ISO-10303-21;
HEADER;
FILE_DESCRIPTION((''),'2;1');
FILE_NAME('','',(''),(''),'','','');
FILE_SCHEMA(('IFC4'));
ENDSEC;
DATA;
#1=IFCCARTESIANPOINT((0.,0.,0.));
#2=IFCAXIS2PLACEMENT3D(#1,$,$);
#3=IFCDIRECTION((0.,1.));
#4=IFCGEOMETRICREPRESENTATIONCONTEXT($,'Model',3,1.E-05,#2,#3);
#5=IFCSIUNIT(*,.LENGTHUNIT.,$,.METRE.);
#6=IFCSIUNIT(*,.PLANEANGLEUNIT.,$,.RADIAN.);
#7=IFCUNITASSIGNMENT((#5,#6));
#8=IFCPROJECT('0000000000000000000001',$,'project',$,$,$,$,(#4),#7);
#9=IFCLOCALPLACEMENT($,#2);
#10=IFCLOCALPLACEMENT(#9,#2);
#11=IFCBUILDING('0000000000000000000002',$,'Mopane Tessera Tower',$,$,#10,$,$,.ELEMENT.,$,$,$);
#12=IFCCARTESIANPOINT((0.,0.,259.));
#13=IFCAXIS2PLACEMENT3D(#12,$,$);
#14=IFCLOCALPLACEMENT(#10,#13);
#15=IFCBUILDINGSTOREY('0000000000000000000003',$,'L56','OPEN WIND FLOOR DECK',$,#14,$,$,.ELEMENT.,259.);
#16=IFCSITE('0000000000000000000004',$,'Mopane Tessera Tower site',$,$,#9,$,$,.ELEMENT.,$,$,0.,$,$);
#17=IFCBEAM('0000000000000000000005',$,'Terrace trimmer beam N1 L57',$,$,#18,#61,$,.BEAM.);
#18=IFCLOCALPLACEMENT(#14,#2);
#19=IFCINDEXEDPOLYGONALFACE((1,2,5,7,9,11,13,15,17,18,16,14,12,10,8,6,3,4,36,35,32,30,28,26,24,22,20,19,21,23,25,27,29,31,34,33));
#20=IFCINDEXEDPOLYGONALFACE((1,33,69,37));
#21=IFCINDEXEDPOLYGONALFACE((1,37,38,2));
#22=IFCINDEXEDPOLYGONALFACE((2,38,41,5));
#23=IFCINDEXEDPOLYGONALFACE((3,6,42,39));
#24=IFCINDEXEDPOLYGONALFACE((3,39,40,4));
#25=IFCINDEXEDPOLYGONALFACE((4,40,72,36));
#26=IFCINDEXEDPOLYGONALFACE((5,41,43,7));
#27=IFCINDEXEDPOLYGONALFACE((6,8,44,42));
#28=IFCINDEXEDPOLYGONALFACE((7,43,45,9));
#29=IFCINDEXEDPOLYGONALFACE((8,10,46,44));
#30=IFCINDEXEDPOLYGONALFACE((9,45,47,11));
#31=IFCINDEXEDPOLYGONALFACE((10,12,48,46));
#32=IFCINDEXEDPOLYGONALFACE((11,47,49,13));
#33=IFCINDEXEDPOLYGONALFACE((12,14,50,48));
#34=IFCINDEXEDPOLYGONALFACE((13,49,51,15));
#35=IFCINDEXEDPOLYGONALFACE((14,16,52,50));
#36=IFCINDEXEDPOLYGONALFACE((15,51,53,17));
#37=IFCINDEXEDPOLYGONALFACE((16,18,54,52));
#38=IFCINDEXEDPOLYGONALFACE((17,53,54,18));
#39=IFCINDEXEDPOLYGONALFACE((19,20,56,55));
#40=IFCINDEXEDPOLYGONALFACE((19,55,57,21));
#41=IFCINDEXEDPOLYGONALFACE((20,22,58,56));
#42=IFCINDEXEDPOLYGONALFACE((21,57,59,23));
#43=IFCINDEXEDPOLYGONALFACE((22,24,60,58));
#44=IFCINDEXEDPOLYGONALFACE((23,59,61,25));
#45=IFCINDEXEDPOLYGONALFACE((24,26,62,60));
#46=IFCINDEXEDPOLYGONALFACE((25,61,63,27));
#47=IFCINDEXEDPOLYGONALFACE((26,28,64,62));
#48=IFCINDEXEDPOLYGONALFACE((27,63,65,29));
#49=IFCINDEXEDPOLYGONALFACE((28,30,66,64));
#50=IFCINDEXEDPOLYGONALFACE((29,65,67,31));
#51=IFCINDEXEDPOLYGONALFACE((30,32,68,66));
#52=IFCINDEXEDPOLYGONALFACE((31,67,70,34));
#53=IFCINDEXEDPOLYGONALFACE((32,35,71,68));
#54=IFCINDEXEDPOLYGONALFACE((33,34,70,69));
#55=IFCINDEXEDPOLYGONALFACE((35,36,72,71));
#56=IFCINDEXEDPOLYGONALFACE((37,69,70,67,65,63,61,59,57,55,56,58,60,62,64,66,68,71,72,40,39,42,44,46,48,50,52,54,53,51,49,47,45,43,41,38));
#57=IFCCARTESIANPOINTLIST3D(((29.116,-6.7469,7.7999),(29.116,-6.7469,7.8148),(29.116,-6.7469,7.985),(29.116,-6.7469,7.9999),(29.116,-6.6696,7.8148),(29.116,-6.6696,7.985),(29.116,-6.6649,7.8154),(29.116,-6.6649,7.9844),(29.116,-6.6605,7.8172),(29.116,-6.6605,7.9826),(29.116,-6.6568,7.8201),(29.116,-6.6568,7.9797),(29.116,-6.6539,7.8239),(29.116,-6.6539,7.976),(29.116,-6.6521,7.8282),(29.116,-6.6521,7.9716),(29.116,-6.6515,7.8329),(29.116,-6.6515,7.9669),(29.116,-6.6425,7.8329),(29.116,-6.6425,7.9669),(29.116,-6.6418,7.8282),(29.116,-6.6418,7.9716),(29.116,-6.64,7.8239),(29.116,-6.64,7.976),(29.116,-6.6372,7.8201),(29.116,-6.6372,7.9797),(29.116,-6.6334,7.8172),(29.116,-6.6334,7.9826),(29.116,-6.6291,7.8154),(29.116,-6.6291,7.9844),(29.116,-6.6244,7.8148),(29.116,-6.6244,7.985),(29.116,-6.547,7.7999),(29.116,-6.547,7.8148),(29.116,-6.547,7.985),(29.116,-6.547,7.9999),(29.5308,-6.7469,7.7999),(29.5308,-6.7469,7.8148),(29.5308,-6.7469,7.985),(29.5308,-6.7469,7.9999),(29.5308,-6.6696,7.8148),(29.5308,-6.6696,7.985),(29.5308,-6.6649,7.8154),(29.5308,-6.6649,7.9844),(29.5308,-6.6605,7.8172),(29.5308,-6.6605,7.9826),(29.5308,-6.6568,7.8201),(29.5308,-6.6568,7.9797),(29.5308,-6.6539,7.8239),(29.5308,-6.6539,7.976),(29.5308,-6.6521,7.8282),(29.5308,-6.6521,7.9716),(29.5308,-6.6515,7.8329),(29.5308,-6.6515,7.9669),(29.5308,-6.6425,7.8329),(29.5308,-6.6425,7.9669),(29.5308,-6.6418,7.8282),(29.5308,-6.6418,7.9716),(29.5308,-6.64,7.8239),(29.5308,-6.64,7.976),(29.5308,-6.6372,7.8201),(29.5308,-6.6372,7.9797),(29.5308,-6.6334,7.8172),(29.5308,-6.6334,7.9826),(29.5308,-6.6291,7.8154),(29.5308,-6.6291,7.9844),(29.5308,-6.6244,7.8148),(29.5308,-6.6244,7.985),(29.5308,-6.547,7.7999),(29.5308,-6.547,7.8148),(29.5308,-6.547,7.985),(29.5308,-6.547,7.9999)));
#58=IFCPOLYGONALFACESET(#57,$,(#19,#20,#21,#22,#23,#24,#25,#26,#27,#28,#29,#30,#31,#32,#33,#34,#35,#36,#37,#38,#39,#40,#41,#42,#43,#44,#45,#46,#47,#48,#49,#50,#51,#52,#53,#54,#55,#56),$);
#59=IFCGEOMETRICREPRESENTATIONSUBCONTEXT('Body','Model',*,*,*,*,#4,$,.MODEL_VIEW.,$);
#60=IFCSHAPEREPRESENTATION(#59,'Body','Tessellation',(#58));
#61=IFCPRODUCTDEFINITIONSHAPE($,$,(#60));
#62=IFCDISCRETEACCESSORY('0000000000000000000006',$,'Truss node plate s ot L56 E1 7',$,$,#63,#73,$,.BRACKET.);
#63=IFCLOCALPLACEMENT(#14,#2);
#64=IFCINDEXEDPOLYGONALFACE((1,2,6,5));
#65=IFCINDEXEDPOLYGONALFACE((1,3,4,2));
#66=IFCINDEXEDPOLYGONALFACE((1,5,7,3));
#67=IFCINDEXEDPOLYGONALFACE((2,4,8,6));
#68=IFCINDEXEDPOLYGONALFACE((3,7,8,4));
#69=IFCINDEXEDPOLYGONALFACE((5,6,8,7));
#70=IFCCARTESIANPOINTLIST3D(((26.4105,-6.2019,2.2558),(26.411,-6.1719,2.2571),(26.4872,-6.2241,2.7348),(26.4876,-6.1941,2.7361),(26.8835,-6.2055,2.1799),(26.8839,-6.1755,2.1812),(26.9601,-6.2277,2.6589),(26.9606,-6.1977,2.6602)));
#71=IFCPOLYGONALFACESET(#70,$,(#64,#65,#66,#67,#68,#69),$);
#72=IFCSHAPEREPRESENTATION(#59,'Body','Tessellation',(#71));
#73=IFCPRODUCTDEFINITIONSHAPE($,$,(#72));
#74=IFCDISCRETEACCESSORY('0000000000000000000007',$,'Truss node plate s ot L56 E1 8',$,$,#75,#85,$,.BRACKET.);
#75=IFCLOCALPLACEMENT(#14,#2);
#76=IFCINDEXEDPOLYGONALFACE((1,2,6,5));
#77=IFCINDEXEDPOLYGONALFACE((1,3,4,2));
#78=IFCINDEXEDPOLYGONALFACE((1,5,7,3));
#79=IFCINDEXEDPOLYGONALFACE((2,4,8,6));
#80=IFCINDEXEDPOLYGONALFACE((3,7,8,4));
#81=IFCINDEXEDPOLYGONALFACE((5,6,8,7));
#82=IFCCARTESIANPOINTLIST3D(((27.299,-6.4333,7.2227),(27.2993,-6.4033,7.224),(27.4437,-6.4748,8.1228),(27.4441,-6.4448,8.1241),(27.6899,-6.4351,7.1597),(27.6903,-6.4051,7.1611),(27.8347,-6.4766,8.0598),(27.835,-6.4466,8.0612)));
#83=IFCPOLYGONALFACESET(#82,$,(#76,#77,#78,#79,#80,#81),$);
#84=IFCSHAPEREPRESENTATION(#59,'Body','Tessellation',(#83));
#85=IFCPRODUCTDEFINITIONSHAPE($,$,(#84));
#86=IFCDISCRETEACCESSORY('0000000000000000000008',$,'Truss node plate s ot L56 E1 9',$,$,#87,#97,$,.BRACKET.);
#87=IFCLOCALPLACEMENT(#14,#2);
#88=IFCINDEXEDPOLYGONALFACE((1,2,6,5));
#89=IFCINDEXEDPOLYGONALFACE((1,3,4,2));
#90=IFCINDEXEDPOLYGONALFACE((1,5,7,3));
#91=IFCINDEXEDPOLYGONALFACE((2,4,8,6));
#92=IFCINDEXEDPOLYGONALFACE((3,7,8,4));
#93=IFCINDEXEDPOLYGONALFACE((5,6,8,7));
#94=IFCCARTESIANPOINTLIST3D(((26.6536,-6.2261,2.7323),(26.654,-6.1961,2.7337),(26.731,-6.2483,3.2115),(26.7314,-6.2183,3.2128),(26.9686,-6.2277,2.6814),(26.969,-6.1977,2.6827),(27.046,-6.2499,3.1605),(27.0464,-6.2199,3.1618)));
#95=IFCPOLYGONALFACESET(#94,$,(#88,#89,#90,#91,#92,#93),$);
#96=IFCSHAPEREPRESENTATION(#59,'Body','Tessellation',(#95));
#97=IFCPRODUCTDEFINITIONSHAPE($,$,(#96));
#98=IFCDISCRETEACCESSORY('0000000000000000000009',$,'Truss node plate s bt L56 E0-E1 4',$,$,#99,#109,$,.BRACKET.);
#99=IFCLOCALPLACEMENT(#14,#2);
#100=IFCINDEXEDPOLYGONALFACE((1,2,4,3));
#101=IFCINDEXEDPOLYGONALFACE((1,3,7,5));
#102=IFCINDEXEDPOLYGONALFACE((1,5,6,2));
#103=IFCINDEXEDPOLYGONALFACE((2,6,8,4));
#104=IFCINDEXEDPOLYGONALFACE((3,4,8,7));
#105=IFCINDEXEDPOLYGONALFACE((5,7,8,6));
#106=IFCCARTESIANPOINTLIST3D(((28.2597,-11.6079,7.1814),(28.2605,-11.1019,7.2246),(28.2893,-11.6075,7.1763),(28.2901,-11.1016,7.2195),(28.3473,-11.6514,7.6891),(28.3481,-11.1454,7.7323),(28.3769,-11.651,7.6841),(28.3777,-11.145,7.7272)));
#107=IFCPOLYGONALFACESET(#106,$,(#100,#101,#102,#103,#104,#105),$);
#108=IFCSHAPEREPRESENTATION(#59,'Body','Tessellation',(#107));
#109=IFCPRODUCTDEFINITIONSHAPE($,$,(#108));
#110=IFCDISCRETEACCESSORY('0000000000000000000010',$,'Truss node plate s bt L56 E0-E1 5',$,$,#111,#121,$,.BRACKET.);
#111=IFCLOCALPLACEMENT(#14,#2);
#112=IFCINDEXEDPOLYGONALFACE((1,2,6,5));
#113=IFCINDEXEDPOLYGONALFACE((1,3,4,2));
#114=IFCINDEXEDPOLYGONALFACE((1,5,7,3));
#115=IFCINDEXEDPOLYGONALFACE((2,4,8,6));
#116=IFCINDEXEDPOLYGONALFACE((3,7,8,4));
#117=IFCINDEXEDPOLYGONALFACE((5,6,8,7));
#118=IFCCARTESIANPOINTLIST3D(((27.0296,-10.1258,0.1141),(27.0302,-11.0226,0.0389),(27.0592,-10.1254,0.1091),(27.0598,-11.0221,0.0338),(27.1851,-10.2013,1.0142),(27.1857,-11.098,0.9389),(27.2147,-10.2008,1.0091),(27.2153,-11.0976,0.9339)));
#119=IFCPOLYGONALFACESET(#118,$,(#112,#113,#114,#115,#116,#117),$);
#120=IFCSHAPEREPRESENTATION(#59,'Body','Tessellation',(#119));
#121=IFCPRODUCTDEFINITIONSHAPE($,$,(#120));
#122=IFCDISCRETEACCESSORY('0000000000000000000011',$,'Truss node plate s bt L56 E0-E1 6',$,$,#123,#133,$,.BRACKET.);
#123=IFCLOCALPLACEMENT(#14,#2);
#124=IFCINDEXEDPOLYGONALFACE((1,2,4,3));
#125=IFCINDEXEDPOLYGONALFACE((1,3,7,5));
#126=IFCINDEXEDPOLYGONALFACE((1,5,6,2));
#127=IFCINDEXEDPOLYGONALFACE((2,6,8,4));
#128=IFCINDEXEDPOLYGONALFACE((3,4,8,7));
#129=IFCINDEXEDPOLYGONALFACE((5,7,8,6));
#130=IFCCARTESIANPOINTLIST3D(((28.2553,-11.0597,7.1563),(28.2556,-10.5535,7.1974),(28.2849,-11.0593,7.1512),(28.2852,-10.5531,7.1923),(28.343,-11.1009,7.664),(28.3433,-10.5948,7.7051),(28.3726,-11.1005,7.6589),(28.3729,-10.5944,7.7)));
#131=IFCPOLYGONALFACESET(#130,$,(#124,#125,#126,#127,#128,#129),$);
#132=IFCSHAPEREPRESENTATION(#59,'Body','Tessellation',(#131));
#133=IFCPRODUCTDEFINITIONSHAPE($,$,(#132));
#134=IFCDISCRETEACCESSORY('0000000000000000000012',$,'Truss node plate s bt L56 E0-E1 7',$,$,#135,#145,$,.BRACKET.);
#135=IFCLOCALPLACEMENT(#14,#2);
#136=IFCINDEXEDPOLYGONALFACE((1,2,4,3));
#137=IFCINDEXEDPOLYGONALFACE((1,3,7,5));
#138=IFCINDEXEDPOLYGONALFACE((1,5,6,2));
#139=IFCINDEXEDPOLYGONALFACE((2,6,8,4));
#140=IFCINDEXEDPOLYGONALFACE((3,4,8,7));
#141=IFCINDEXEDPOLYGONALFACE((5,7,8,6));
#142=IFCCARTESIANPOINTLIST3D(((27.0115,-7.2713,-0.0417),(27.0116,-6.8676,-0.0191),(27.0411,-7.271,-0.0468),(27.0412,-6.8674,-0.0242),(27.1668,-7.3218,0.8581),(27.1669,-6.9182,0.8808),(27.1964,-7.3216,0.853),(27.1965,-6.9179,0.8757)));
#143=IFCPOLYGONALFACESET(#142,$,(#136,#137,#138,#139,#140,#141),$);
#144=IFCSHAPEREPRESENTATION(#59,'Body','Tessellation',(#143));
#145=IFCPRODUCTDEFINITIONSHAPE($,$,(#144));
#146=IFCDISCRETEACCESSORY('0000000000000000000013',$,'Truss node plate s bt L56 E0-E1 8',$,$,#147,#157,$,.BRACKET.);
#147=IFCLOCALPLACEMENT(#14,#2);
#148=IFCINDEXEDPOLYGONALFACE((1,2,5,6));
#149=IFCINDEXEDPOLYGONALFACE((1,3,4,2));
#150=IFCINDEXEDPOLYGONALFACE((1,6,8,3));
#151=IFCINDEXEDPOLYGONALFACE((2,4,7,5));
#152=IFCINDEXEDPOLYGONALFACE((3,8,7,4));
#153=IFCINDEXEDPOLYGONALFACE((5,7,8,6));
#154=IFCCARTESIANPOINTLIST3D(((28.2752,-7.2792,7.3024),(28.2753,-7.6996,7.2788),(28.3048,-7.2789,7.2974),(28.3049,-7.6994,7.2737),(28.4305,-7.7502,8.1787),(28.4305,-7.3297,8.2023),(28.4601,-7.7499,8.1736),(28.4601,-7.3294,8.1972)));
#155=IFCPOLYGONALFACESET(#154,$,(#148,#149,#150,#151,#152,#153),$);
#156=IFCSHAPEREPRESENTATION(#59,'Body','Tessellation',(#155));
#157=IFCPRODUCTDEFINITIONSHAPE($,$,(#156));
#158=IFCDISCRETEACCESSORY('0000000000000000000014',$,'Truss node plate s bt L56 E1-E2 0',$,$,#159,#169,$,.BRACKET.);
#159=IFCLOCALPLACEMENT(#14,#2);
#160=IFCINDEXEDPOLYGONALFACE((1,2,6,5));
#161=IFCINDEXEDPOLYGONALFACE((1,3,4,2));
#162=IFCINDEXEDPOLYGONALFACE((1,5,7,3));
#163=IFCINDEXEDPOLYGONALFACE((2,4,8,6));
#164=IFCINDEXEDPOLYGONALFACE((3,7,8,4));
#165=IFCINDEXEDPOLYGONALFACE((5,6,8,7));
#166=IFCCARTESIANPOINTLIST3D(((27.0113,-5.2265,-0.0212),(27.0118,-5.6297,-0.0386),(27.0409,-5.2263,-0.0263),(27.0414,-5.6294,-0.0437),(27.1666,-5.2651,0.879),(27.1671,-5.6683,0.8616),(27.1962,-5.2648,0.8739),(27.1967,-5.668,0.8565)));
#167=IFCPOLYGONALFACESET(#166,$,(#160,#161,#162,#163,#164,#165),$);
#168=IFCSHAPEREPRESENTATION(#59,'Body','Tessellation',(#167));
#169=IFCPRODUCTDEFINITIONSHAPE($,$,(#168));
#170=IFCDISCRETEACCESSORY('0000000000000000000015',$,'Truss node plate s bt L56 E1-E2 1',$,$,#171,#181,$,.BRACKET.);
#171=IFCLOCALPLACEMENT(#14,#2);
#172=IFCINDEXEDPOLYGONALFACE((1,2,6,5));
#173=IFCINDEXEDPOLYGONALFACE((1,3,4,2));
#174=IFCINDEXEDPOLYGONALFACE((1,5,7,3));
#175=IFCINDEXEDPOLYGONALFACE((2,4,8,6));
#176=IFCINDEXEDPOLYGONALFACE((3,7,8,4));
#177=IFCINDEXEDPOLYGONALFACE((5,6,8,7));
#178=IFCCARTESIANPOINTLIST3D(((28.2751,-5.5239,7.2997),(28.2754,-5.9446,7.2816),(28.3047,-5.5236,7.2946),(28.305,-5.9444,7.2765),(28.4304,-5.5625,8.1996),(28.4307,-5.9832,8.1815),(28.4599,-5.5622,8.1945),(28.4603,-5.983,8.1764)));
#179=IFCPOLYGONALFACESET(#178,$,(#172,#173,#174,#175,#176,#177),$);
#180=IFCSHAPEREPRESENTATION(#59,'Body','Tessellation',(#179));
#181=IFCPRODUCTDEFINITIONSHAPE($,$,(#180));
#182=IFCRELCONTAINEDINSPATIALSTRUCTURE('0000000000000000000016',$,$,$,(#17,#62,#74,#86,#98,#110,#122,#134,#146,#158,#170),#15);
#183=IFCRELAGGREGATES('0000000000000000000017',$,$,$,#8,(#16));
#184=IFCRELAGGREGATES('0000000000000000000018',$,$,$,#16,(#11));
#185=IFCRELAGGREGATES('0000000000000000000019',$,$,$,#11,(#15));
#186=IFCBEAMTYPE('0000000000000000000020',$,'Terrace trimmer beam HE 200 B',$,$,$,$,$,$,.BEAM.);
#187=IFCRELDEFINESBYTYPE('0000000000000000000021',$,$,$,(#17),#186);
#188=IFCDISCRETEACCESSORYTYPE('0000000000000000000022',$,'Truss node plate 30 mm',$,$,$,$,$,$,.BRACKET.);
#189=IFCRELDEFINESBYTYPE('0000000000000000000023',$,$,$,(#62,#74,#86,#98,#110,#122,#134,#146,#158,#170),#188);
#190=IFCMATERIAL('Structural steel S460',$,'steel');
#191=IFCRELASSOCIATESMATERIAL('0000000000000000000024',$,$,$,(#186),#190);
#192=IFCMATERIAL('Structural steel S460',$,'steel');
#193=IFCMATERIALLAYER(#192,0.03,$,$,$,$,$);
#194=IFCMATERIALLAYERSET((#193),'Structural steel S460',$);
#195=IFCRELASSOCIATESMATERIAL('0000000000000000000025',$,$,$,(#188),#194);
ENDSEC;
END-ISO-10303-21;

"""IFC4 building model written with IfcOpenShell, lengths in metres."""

from ifc_helpers import new_model, si_unit, direction, frame, origin, origin_2d, place, context, subcontext, project, spatial, rectangle, i_section, extrude, material, layer, layer_set, material_profile, profile_set, type_object, element, save


model = new_model("IFC4")

# Units and contexts
model_context = context("Model", 3, precision=1e-05, world=origin(), true_north=direction((0.0, 1.0)))
body_context = subcontext(model_context, "Body", "Model", "MODEL_VIEW")
ifc_project = project(units=[si_unit("LENGTHUNIT", "METRE"), si_unit("PLANEANGLEUNIT", "RADIAN")], contexts=[model_context])

# Site, building, storey
site_placement = place(None, origin())
site = spatial("IfcSite", under=ifc_project, at=site_placement, Name="Mopane Tessera Tower site", CompositionType="ELEMENT", RefElevation=0.0)
building_placement = place(site_placement, origin())
building = spatial("IfcBuilding", under=site, at=building_placement, Name="Mopane Tessera Tower", CompositionType="ELEMENT")
storey_placement = place(building_placement, frame((0.0, 0.0, 259.0)))
storey = spatial("IfcBuildingStorey", under=building, at=storey_placement, Name="L56", Description="OPEN WIND FLOOR DECK", CompositionType="ELEMENT", Elevation=259.0)

# Beam
ifc_material_1 = material(Name="Structural steel S460", Category="steel")
ifc_material_profile_1 = material_profile(ifc_material_1, i_section(OverallWidth=0.2, OverallDepth=0.2, WebThickness=0.009, FlangeThickness=0.0149, FilletRadius=0.0181, at=origin_2d()))
ifc_profile_set_1 = profile_set([ifc_material_profile_1], Name="Structural steel S460")
beam_type = type_object("IfcBeamType", Name="Terrace trimmer beam HE 200 B", PredefinedType="BEAM", material=ifc_profile_set_1)
beam_placement = place(storey_placement, frame((29.116, -6.647, 7.8999), z_axis=(1.0, 0.0, 0.0), x_axis=(0.0, 1.0, 0.0)))
element("IfcBeam", 1, at=beam_placement, inside=storey, type_object=beam_type, Name="Terrace trimmer beam N1 L57", PredefinedType="BEAM", context=body_context, shape_type="SweptSolid", body=[
    extrude(i_section(OverallWidth=0.2, OverallDepth=0.2, WebThickness=0.009, FlangeThickness=0.0149, FilletRadius=0.0181, at=origin_2d()), origin(), (0.0, 0.0, 1.0), 0.4148),
])

# Discrete accessories
ifc_material_2 = material(Name="Structural steel S460", Category="steel")
ifc_layer = layer(ifc_material_2, 0.03)
ifc_layer_set = layer_set([ifc_layer], Name="Structural steel S460")
discrete_accessory_type = type_object("IfcDiscreteAccessoryType", Name="Truss node plate 30 mm", PredefinedType="BRACKET", material=ifc_layer_set)
discrete_accessory_1_placement = place(storey_placement, frame((26.6472, -6.1887, 2.2185), z_axis=(0.157864, -0.04575, 0.9864), x_axis=(0.014699, 0.998924, 0.043979)))
element("IfcDiscreteAccessory", 2, at=discrete_accessory_1_placement, inside=storey, type_object=discrete_accessory_type, Name="Truss node plate s ot L56 E1 7", PredefinedType="BRACKET", context=body_context, shape_type="SweptSolid", body=[
    extrude(rectangle(XDim=0.03, YDim=0.479, at=origin_2d()), origin(), (0.0, 0.0, 1.0), 0.4856),
])
discrete_accessory_2_placement = place(storey_placement, frame((27.4946, -6.4192, 7.1919), z_axis=(0.15863, -0.045476, 0.98629), x_axis=(0.011866, 0.998954, 0.044151)))
element("IfcDiscreteAccessory", 3, at=discrete_accessory_2_placement, inside=storey, type_object=discrete_accessory_type, Name="Truss node plate s ot L56 E1 8", PredefinedType="BRACKET", context=body_context, shape_type="SweptSolid", body=[
    extrude(rectangle(XDim=0.03, YDim=0.396, at=origin_2d()), origin(), (0.0, 0.0, 1.0), 0.9126),
])
discrete_accessory_3_placement = place(storey_placement, frame((26.8113, -6.2119, 2.7075), z_axis=(0.159334, -0.04574, 0.986165), x_axis=(0.012278, 0.998941, 0.044348)))
element("IfcDiscreteAccessory", 4, at=discrete_accessory_3_placement, inside=storey, type_object=discrete_accessory_type, Name="Truss node plate s ot L56 E1 9", PredefinedType="BRACKET", context=body_context, shape_type="SweptSolid", body=[
    extrude(rectangle(XDim=0.03, YDim=0.3191, at=origin_2d()), origin(), (0.0, 0.0, 1.0), 0.4858),
])
discrete_accessory_4_placement = place(storey_placement, frame((28.2749, -11.3547, 7.2004), z_axis=(0.16948, -0.084032, 0.981945), x_axis=(-0.985532, -0.012877, 0.168997)))
element("IfcDiscreteAccessory", 5, at=discrete_accessory_4_placement, inside=storey, type_object=discrete_accessory_type, Name="Truss node plate s bt L56 E0-E1 4", PredefinedType="BRACKET", context=body_context, shape_type="SweptSolid", body=[
    extrude(rectangle(XDim=0.03, YDim=0.5078, at=origin_2d()), origin(), (0.0, 0.0, 1.0), 0.5171),
])
discrete_accessory_5_placement = place(storey_placement, frame((27.0447, -10.574, 0.074), z_axis=(0.169669, -0.082304, 0.982058), x_axis=(-0.985501, -0.014849, 0.16902)))
element("IfcDiscreteAccessory", 6, at=discrete_accessory_5_placement, inside=storey, type_object=discrete_accessory_type, Name="Truss node plate s bt L56 E0-E1 5", PredefinedType="BRACKET", context=body_context, shape_type="SweptSolid", body=[
    extrude(rectangle(XDim=0.03, YDim=0.8999, at=origin_2d()), origin(), (0.0, 0.0, 1.0), 0.9165),
])
discrete_accessory_6_placement = place(storey_placement, frame((28.2703, -10.8064, 7.1743), z_axis=(0.169618, -0.079848, 0.98227), x_axis=(-0.98551, -0.013224, 0.169102)))
element("IfcDiscreteAccessory", 7, at=discrete_accessory_6_placement, inside=storey, type_object=discrete_accessory_type, Name="Truss node plate s bt L56 E0-E1 6", PredefinedType="BRACKET", context=body_context, shape_type="SweptSolid", body=[
    extrude(rectangle(XDim=0.03, YDim=0.5078, at=origin_2d()), origin(), (0.0, 0.0, 1.0), 0.5168),
])
discrete_accessory_7_placement = place(storey_placement, frame((27.0264, -7.0693, -0.033), z_axis=(0.169772, -0.055256, 0.983933), x_axis=(-0.985483, -0.00925, 0.169521)))
element("IfcDiscreteAccessory", 8, at=discrete_accessory_7_placement, inside=storey, type_object=discrete_accessory_type, Name="Truss node plate s bt L56 E0-E1 7", PredefinedType="BRACKET", context=body_context, shape_type="SweptSolid", body=[
    extrude(rectangle(XDim=0.03, YDim=0.4043, at=origin_2d()), origin(), (0.0, 0.0, 1.0), 0.9146),
])
discrete_accessory_8_placement = place(storey_placement, frame((28.29, -7.4893, 7.2881), z_axis=(0.169772, -0.055256, 0.983933), x_axis=(-0.985483, -0.009605, 0.169501)))
element("IfcDiscreteAccessory", 9, at=discrete_accessory_8_placement, inside=storey, type_object=discrete_accessory_type, Name="Truss node plate s bt L56 E0-E1 8", PredefinedType="BRACKET", context=body_context, shape_type="SweptSolid", body=[
    extrude(rectangle(XDim=0.03, YDim=0.4211, at=origin_2d()), origin(), (0.0, 0.0, 1.0), 0.9146),
])
discrete_accessory_9_placement = place(storey_placement, frame((27.0264, -5.428, -0.0325), z_axis=(0.169836, -0.042192, 0.984569), x_axis=(-0.985472, -0.008471, 0.169629)))
element("IfcDiscreteAccessory", 10, at=discrete_accessory_9_placement, inside=storey, type_object=discrete_accessory_type, Name="Truss node plate s bt L56 E1-E2 0", PredefinedType="BRACKET", context=body_context, shape_type="SweptSolid", body=[
    extrude(rectangle(XDim=0.03, YDim=0.4036, at=origin_2d()), origin(), (0.0, 0.0, 1.0), 0.9143),
])
discrete_accessory_10_placement = place(storey_placement, frame((28.29, -5.7341, 7.2881), z_axis=(0.169881, -0.042203, 0.984561), x_axis=(-0.985464, -0.008085, 0.16969)))
element("IfcDiscreteAccessory", 11, at=discrete_accessory_10_placement, inside=storey, type_object=discrete_accessory_type, Name="Truss node plate s bt L56 E1-E2 1", PredefinedType="BRACKET", context=body_context, shape_type="SweptSolid", body=[
    extrude(rectangle(XDim=0.03, YDim=0.4211, at=origin_2d()), origin(), (0.0, 0.0, 1.0), 0.9141),
])

save(model, "model.ifc")
